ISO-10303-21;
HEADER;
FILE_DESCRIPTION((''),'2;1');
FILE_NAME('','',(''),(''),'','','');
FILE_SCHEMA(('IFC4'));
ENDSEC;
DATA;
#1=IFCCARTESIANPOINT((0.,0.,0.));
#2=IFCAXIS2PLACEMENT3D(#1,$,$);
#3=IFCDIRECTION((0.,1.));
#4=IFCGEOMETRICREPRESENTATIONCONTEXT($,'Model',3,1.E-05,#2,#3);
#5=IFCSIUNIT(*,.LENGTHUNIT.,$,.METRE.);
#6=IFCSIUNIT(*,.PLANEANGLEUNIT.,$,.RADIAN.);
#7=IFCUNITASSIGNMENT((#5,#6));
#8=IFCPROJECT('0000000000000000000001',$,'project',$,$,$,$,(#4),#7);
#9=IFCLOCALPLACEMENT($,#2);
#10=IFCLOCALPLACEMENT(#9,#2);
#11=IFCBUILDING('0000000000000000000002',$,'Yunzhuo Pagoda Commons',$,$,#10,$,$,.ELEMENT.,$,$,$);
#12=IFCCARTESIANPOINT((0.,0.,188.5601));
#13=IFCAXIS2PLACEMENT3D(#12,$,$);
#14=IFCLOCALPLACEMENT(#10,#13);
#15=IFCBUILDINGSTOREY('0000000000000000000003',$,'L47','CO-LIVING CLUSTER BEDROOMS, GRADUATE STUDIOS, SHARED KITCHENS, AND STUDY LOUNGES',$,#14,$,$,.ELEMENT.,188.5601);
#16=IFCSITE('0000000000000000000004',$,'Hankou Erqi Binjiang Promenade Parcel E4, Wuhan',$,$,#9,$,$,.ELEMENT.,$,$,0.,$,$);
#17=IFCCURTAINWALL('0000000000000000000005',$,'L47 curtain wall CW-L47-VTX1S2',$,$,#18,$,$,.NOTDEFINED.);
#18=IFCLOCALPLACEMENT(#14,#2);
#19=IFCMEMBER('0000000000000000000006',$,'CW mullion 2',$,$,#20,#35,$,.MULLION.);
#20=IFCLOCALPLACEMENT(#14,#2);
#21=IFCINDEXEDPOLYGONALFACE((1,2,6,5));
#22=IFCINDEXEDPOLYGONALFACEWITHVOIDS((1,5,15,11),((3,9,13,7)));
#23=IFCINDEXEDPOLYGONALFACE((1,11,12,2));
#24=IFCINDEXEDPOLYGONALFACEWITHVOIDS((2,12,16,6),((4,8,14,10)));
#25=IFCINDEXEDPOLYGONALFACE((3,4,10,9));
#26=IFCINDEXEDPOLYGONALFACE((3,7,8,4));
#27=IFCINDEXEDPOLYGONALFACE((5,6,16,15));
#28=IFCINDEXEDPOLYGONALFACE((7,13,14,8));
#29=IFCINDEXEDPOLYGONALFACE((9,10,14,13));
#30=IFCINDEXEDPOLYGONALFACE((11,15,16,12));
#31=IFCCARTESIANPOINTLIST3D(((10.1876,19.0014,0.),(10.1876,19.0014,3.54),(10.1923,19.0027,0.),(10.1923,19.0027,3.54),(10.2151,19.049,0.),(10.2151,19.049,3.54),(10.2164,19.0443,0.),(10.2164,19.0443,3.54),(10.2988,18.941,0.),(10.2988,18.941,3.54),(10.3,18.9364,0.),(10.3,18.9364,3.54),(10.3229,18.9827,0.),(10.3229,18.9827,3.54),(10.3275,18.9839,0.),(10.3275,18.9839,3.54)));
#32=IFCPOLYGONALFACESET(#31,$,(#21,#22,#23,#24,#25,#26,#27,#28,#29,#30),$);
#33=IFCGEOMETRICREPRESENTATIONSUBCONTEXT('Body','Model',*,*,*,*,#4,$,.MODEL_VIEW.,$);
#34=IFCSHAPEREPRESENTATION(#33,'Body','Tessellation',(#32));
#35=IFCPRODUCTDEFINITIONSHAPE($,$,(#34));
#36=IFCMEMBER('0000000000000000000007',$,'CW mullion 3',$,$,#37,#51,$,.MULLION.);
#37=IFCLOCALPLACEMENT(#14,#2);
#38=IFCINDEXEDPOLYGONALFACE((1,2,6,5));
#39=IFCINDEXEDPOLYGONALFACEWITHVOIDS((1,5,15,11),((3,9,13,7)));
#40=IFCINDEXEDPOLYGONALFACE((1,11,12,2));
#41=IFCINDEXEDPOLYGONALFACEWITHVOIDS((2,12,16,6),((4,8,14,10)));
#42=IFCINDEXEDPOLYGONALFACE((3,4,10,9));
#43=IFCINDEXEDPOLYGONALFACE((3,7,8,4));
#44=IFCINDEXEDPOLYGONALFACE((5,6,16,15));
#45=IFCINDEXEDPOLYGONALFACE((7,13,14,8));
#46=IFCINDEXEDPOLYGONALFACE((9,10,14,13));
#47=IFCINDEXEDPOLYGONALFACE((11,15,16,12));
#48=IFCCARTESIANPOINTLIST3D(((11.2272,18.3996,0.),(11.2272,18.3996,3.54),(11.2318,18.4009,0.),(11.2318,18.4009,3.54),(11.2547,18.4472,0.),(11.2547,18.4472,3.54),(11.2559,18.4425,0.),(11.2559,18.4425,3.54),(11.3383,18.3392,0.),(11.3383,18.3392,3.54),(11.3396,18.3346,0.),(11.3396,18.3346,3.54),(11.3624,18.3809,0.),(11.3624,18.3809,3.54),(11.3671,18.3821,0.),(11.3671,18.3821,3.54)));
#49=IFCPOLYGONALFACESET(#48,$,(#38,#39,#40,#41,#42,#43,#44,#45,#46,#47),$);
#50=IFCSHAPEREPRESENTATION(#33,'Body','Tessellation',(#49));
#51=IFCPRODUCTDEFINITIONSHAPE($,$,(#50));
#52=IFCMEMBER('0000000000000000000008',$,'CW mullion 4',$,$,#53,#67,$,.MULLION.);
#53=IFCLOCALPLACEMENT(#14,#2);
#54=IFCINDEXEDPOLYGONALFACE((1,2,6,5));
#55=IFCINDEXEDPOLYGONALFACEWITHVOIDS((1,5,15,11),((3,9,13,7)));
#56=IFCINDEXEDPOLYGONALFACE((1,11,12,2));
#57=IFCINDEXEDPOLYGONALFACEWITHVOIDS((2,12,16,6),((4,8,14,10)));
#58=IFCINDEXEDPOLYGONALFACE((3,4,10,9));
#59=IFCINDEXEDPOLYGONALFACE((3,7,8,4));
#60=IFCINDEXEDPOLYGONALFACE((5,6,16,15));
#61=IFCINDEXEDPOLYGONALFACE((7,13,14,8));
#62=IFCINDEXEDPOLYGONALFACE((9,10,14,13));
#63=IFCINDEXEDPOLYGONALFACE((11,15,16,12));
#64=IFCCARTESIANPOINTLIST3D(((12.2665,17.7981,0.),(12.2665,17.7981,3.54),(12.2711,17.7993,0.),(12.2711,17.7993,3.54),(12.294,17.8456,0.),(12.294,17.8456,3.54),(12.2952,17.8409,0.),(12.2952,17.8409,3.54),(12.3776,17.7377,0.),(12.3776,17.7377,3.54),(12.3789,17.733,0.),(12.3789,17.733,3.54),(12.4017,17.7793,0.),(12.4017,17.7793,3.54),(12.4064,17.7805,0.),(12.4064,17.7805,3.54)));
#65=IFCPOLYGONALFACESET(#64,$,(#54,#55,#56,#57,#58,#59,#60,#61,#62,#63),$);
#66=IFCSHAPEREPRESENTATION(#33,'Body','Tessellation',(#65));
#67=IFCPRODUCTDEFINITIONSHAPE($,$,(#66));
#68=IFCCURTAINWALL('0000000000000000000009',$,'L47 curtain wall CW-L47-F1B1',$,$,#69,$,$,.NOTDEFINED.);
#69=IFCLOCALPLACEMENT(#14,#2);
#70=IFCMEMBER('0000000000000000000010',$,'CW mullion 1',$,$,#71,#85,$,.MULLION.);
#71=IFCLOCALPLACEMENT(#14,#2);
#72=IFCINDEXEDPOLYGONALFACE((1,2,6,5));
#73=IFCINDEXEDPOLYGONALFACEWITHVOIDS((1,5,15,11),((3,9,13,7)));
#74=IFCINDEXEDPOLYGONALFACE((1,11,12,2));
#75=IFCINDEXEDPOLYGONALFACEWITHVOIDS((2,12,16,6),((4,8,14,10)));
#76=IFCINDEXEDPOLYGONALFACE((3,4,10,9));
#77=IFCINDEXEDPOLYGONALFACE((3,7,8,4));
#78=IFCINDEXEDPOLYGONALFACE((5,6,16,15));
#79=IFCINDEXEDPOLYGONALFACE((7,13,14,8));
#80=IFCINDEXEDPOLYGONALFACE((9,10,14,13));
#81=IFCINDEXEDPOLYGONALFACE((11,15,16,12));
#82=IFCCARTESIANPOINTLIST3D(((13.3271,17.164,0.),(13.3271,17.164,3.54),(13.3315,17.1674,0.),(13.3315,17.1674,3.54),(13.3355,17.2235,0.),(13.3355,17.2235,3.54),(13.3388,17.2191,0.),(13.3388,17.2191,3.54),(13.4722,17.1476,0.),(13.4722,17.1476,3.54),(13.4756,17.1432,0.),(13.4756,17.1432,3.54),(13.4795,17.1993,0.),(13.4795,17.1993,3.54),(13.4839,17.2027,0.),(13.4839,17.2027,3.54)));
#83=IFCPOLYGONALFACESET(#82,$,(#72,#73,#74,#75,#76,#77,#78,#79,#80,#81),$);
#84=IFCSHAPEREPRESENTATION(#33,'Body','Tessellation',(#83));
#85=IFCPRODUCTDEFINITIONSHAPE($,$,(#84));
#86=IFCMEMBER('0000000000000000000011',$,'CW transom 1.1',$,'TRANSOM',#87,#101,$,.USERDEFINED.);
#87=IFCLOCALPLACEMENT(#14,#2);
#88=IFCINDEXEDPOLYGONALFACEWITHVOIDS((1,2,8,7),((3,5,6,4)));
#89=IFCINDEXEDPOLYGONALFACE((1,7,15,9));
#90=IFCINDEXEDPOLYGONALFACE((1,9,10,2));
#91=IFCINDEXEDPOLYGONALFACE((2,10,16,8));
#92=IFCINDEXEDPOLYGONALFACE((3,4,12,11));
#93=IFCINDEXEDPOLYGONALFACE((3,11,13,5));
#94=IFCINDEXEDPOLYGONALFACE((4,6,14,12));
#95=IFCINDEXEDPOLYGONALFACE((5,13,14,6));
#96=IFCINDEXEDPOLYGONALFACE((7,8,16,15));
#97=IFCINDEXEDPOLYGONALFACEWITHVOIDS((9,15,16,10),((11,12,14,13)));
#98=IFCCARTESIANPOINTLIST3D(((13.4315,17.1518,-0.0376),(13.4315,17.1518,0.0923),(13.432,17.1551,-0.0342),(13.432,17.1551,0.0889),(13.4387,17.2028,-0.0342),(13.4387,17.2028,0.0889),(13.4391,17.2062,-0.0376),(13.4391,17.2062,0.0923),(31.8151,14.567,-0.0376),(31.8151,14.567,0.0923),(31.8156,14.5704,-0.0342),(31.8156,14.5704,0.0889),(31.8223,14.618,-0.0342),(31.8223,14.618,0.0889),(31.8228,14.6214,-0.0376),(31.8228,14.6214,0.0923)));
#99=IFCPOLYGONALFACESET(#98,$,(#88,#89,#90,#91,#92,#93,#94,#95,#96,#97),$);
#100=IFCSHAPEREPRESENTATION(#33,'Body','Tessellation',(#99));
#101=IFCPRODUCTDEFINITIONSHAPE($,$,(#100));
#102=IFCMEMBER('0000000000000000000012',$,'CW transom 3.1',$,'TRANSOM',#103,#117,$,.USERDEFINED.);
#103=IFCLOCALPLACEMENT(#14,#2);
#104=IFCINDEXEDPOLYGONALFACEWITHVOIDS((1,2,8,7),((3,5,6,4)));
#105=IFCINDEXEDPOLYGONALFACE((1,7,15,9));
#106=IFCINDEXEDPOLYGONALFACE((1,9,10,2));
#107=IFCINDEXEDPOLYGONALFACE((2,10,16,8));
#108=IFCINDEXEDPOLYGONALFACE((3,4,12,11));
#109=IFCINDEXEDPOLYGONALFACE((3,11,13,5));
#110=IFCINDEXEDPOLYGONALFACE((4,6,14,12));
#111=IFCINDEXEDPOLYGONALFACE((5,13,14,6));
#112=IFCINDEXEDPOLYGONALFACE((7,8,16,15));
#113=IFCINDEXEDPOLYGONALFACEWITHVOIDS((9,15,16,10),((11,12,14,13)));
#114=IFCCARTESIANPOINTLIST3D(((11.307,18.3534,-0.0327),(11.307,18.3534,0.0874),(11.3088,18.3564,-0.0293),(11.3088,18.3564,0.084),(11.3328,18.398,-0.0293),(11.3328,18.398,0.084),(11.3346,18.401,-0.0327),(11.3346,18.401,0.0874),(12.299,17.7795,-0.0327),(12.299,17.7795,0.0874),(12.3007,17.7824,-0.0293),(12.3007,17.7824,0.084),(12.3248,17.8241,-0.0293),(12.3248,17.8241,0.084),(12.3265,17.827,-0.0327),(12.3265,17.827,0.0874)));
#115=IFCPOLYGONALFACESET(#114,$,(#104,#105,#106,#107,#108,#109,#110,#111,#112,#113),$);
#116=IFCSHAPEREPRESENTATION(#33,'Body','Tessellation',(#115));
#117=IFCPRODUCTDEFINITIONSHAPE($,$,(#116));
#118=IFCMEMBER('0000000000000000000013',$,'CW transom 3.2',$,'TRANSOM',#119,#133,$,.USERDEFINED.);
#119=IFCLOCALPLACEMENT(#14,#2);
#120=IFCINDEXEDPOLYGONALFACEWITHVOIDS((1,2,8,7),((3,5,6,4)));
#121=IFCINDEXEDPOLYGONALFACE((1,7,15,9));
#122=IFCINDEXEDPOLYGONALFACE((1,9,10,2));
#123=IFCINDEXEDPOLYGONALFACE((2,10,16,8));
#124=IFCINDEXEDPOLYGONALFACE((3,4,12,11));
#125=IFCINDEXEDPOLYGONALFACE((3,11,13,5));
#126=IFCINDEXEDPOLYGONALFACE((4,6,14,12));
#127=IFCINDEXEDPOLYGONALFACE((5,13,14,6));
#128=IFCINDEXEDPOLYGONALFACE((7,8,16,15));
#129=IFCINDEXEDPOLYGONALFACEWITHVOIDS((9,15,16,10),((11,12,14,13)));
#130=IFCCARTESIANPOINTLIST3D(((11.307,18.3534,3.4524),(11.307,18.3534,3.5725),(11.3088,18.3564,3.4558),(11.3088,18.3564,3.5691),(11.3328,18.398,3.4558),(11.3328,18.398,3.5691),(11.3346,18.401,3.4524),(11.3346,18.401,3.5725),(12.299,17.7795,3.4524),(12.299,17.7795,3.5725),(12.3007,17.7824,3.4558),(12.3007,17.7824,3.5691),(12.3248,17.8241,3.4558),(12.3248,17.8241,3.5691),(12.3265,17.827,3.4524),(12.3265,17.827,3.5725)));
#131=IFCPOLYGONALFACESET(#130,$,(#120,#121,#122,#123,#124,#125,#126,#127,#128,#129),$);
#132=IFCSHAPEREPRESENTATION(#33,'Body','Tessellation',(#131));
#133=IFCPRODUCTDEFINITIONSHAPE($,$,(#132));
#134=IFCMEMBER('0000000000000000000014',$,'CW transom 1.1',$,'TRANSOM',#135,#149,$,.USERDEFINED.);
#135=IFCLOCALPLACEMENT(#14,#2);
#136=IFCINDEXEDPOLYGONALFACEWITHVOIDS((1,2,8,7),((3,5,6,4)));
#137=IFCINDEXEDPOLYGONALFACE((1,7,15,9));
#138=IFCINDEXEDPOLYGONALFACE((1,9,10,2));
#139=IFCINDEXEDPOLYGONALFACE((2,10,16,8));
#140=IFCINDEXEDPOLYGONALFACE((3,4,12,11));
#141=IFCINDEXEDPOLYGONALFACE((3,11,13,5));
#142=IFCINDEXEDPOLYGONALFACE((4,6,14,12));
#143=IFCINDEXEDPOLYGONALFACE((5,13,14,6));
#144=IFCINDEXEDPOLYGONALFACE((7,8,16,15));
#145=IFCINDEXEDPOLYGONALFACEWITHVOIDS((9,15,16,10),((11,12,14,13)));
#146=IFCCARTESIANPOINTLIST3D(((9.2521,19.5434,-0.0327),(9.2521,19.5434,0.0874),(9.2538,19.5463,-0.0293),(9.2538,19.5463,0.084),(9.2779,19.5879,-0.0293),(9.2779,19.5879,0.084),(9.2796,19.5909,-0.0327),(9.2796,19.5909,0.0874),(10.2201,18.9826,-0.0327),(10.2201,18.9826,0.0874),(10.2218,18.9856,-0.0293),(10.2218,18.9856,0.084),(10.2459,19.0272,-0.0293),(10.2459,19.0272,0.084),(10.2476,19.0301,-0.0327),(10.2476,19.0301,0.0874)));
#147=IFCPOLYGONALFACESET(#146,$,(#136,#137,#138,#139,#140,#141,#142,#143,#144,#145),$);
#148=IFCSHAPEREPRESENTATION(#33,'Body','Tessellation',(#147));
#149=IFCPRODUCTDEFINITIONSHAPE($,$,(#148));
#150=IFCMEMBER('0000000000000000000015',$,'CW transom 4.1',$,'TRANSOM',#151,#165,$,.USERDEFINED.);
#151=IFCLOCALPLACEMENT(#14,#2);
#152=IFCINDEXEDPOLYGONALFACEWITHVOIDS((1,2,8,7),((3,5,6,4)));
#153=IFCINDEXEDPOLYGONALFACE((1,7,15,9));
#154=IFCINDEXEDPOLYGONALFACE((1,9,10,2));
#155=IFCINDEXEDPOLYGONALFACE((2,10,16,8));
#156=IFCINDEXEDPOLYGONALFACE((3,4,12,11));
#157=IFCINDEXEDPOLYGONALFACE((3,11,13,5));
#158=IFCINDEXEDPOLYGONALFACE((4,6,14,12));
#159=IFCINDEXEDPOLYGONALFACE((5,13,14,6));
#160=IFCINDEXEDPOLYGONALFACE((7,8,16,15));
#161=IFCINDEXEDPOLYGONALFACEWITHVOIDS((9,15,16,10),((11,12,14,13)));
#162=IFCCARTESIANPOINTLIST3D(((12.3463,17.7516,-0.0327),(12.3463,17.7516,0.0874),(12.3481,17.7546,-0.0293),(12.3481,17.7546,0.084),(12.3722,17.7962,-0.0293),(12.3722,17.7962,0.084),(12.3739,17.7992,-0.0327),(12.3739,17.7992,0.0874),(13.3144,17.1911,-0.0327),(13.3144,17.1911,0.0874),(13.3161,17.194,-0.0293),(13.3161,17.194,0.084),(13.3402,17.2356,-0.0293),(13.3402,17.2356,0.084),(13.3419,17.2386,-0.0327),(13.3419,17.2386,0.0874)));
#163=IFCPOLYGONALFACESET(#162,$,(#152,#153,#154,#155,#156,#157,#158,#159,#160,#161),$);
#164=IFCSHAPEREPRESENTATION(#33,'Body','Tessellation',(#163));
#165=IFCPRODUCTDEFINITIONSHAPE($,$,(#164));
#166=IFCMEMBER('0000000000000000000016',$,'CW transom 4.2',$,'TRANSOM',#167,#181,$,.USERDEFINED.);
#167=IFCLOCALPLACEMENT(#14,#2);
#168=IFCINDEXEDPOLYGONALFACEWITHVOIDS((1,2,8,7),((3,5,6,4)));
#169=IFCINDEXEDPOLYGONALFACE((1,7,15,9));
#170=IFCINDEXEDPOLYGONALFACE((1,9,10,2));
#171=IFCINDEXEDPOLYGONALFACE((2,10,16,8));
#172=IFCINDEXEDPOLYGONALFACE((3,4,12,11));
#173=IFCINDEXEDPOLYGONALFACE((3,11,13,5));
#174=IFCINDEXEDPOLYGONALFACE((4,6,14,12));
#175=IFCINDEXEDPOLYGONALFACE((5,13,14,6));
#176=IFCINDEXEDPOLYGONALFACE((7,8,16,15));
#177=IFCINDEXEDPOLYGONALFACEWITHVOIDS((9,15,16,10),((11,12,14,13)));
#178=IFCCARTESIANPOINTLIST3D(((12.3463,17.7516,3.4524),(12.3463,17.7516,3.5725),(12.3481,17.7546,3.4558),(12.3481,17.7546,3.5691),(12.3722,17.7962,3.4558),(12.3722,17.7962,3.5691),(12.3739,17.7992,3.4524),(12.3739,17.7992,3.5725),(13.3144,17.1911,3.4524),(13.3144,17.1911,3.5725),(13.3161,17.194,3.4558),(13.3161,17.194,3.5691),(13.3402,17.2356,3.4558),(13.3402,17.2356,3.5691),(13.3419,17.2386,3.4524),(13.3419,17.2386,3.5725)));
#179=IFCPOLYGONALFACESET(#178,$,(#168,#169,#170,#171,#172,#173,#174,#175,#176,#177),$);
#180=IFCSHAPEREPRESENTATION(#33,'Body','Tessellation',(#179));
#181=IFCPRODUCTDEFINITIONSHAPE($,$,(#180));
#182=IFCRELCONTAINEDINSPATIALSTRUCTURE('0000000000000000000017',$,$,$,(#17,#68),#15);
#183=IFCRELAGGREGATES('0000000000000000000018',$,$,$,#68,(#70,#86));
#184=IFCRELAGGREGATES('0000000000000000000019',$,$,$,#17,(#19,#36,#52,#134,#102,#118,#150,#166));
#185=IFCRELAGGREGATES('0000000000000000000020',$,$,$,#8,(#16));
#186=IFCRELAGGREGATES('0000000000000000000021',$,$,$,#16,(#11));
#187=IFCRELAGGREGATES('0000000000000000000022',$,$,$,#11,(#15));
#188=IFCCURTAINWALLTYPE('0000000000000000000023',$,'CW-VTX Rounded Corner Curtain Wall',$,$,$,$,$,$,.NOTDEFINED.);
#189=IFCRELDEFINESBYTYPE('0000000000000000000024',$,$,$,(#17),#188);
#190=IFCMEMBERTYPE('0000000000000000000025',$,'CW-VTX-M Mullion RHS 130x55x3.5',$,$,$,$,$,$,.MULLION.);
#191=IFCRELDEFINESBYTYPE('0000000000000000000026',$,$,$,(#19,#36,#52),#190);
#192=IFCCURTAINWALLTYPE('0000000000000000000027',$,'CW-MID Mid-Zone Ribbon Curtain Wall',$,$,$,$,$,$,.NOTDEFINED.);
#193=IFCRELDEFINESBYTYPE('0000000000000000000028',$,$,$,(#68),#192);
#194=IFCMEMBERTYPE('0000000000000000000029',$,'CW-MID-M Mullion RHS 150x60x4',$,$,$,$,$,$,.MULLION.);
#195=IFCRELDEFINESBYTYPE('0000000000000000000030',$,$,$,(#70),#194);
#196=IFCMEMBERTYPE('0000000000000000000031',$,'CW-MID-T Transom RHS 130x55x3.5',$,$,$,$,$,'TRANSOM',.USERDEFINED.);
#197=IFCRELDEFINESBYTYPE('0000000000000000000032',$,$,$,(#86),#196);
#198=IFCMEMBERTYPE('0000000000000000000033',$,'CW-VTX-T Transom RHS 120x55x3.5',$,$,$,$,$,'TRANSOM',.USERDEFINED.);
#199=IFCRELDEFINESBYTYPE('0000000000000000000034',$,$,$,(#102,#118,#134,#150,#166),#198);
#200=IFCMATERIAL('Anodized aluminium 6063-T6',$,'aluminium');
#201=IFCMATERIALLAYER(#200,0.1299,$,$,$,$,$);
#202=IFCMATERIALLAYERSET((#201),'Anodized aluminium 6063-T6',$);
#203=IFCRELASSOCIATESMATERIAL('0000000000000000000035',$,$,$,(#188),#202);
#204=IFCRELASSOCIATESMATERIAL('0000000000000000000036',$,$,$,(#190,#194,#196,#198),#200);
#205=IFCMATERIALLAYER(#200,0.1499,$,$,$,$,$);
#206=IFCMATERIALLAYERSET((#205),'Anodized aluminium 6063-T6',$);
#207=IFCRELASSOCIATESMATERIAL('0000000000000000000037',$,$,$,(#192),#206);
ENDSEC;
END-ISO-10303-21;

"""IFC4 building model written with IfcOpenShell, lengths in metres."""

from ifc_helpers import new_model, si_unit, direction, frame, origin, origin_2d, place, context, subcontext, project, spatial, hollow_rectangle, extrude, source, transform, mapped, material, layer, layer_set, material_profile, profile_set, type_object, element, aggregate, save


model = new_model("IFC4")

# Units and contexts
model_context = context("Model", 3, precision=1e-05, world=origin(), true_north=direction((0.0, 1.0)))
body_context = subcontext(model_context, "Body", "Model", "MODEL_VIEW")
ifc_project = project(units=[si_unit("LENGTHUNIT", "METRE"), si_unit("PLANEANGLEUNIT", "RADIAN")], contexts=[model_context])

# Site, building, storey
site_placement = place(None, origin())
site = spatial("IfcSite", under=ifc_project, at=site_placement, Name="Hankou Erqi Binjiang Promenade Parcel E4, Wuhan", CompositionType="ELEMENT", RefElevation=0.0)
building_placement = place(site_placement, origin())
building = spatial("IfcBuilding", under=site, at=building_placement, Name="Yunzhuo Pagoda Commons", CompositionType="ELEMENT")
storey_placement = place(building_placement, frame((0.0, 0.0, 188.5601)))
storey = spatial("IfcBuildingStorey", under=building, at=storey_placement, Name="L47", Description="CO-LIVING CLUSTER BEDROOMS, GRADUATE STUDIOS, SHARED KITCHENS, AND STUDY LOUNGES", CompositionType="ELEMENT", Elevation=188.5601)

# Curtain walls, members
ifc_material_1 = material(Name="Anodized aluminium 6063-T6", Category="aluminium")
ifc_layer_1 = layer(ifc_material_1, 0.1299)
ifc_layer_set_1 = layer_set([ifc_layer_1], Name="Anodized aluminium 6063-T6")
curtain_wall_type_1 = type_object("IfcCurtainWallType", Name="CW-VTX Rounded Corner Curtain Wall", PredefinedType="NOTDEFINED", material=ifc_layer_set_1)
curtain_wall_1_placement = place(storey_placement, origin())
curtain_wall_1 = element("IfcCurtainWall", 1, at=curtain_wall_1_placement, inside=storey, type_object=curtain_wall_type_1, Name="L47 curtain wall CW-L47-VTX1S2", PredefinedType="NOTDEFINED")
ifc_material_profile_1 = material_profile(ifc_material_1, hollow_rectangle(XDim=0.0549, YDim=0.1299, WallThickness=0.0034, at=origin_2d()), Name="Anodized aluminium 6063-T6")
ifc_profile_set_1 = profile_set([ifc_material_profile_1], Name="Anodized aluminium 6063-T6")
member_type_1 = type_object("IfcMemberType", Name="CW-VTX-M Mullion RHS 130x55x3.5", PredefinedType="MULLION", material=ifc_profile_set_1)
shared_shape_1 = source(origin(), body_context, "Body", "SweptSolid", [
    extrude(hollow_rectangle(XDim=0.0549, YDim=0.1299, WallThickness=0.0034, at=origin_2d()), origin(), (0.0, 0.0, 1.0), 3.54),
])
member_1_placement = place(storey_placement, frame((10.2576, 18.9927, 0.0), z_axis=(0.0, 0.0, 1.0), x_axis=(0.50104, 0.865424, 0.0)))
member_1 = element("IfcMember", 2, at=member_1_placement, type_object=member_type_1, Name="CW mullion 2", PredefinedType="MULLION", context=body_context, shape_type="MappedRepresentation", body=[
    mapped(shared_shape_1, transform((0.0, 0.0, 0.0), scale=1.0)),
])
member_2_placement = place(storey_placement, frame((11.2971, 18.3909, 0.0), z_axis=(0.0, 0.0, 1.0), x_axis=(0.50104, 0.865424, 0.0)))
member_2 = element("IfcMember", 3, at=member_2_placement, type_object=member_type_1, Name="CW mullion 3", PredefinedType="MULLION", context=body_context, shape_type="MappedRepresentation", body=[
    mapped(shared_shape_1, transform((0.0, 0.0, 0.0), scale=1.0)),
])
member_3_placement = place(storey_placement, frame((12.3364, 17.7893, 0.0), z_axis=(0.0, 0.0, 1.0), x_axis=(0.50104, 0.865424, 0.0)))
member_3 = element("IfcMember", 4, at=member_3_placement, type_object=member_type_1, Name="CW mullion 4", PredefinedType="MULLION", context=body_context, shape_type="MappedRepresentation", body=[
    mapped(shared_shape_1, transform((0.0, 0.0, 0.0), scale=1.0)),
])
ifc_layer_2 = layer(ifc_material_1, 0.1499)
ifc_layer_set_2 = layer_set([ifc_layer_2], Name="Anodized aluminium 6063-T6")
curtain_wall_type_2 = type_object("IfcCurtainWallType", Name="CW-MID Mid-Zone Ribbon Curtain Wall", PredefinedType="NOTDEFINED", material=ifc_layer_set_2)
curtain_wall_2_placement = place(storey_placement, origin())
curtain_wall_2 = element("IfcCurtainWall", 5, at=curtain_wall_2_placement, inside=storey, type_object=curtain_wall_type_2, Name="L47 curtain wall CW-L47-F1B1", PredefinedType="NOTDEFINED")
ifc_material_profile_2 = material_profile(ifc_material_1, hollow_rectangle(XDim=0.0601, YDim=0.1499, WallThickness=0.0039, at=origin_2d()), Name="Anodized aluminium 6063-T6")
ifc_profile_set_2 = profile_set([ifc_material_profile_2], Name="Anodized aluminium 6063-T6")
member_type_2 = type_object("IfcMemberType", Name="CW-MID-M Mullion RHS 150x60x4", PredefinedType="MULLION", material=ifc_profile_set_2)
shared_shape_2 = source(origin(), body_context, "Body", "SweptSolid", [
    extrude(hollow_rectangle(XDim=0.0601, YDim=0.1499, WallThickness=0.0039, at=origin_2d()), origin(), (0.0, 0.0, 1.0), 3.54),
])
member_4_placement = place(storey_placement, frame((13.4055, 17.1833, 0.0), z_axis=(0.0, 0.0, 1.0), x_axis=(0.139233, 0.99026, 0.0)))
member_4 = element("IfcMember", 6, at=member_4_placement, type_object=member_type_2, Name="CW mullion 1", PredefinedType="MULLION", context=body_context, shape_type="MappedRepresentation", body=[
    mapped(shared_shape_2, transform((0.0, 0.0, 0.0), scale=1.0)),
])
ifc_material_profile_3 = material_profile(ifc_material_1, hollow_rectangle(XDim=0.0549, YDim=0.1299, WallThickness=0.0034, at=origin_2d()), Name="Anodized aluminium 6063-T6")
ifc_profile_set_3 = profile_set([ifc_material_profile_3], Name="Anodized aluminium 6063-T6")
member_type_3 = type_object("IfcMemberType", Name="CW-MID-T Transom RHS 130x55x3.5", ElementType="TRANSOM", PredefinedType="USERDEFINED", material=ifc_profile_set_3)
shared_shape_3 = source(origin(), body_context, "Body", "SweptSolid", [
    extrude(hollow_rectangle(XDim=0.0549, YDim=0.1299, WallThickness=0.0034, at=origin_2d()), origin(), (0.0, 0.0, 1.0), 18.5645),
])
member_5_placement = place(storey_placement, frame((13.4353, 17.179, 0.0273), z_axis=(0.99026, -0.13923, 0.0), x_axis=(0.13923, 0.99026, 0.0)))
member_5 = element("IfcMember", 7, at=member_5_placement, type_object=member_type_3, Name="CW transom 1.1", ObjectType="TRANSOM", PredefinedType="USERDEFINED", context=body_context, shape_type="MappedRepresentation", body=[
    mapped(shared_shape_3, transform((0.0, 0.0, 0.0), scale=1.0)),
])
aggregate(curtain_wall_2, [member_4, member_5])

# Members
ifc_material_profile_4 = material_profile(ifc_material_1, hollow_rectangle(XDim=0.0549, YDim=0.1201, WallThickness=0.0034, at=origin_2d()), Name="Anodized aluminium 6063-T6")
ifc_profile_set_4 = profile_set([ifc_material_profile_4], Name="Anodized aluminium 6063-T6")
member_type_4 = type_object("IfcMemberType", Name="CW-VTX-T Transom RHS 120x55x3.5", ElementType="TRANSOM", PredefinedType="USERDEFINED", material=ifc_profile_set_4)
shared_shape_4 = source(origin(), body_context, "Body", "SweptSolid", [
    extrude(hollow_rectangle(XDim=0.0549, YDim=0.1201, WallThickness=0.0034, at=origin_2d()), origin(), (0.0, 0.0, 1.0), 1.146),
])
member_6_placement = place(storey_placement, frame((11.3208, 18.3772, 0.0273), z_axis=(0.865543, -0.500835, 0.0), x_axis=(0.500835, 0.865543, 0.0)))
member_6 = element("IfcMember", 8, at=member_6_placement, type_object=member_type_4, Name="CW transom 3.1", ObjectType="TRANSOM", PredefinedType="USERDEFINED", context=body_context, shape_type="MappedRepresentation", body=[
    mapped(shared_shape_4, transform((0.0, 0.0, 0.0), scale=1.0)),
])
member_7_placement = place(storey_placement, frame((11.3208, 18.3772, 3.5125), z_axis=(0.865543, -0.500835, 0.0), x_axis=(0.500835, 0.865543, 0.0)))
member_7 = element("IfcMember", 9, at=member_7_placement, type_object=member_type_4, Name="CW transom 3.2", ObjectType="TRANSOM", PredefinedType="USERDEFINED", context=body_context, shape_type="MappedRepresentation", body=[
    mapped(shared_shape_4, transform((0.0, 0.0, 0.0), scale=1.0)),
])
shared_shape_5 = source(origin(), body_context, "Body", "SweptSolid", [
    extrude(hollow_rectangle(XDim=0.0549, YDim=0.1201, WallThickness=0.0034, at=origin_2d()), origin(), (0.0, 0.0, 1.0), 1.1187),
])
member_8_placement = place(storey_placement, frame((9.2659, 19.5671, 0.0273), z_axis=(0.865287, -0.501277, 0.0), x_axis=(0.501277, 0.865287, 0.0)))
member_8 = element("IfcMember", 10, at=member_8_placement, type_object=member_type_4, Name="CW transom 1.1", ObjectType="TRANSOM", PredefinedType="USERDEFINED", context=body_context, shape_type="MappedRepresentation", body=[
    mapped(shared_shape_5, transform((0.0, 0.0, 0.0), scale=1.0)),
])
member_9_placement = place(storey_placement, frame((12.3601, 17.7754, 0.0273), z_axis=(0.865381, -0.501114, 0.0), x_axis=(0.501114, 0.865381, 0.0)))
member_9 = element("IfcMember", 11, at=member_9_placement, type_object=member_type_4, Name="CW transom 4.1", ObjectType="TRANSOM", PredefinedType="USERDEFINED", context=body_context, shape_type="MappedRepresentation", body=[
    mapped(shared_shape_5, transform((0.0, 0.0, 0.0), scale=1.0)),
])
member_10_placement = place(storey_placement, frame((12.3601, 17.7754, 3.5125), z_axis=(0.865381, -0.501114, 0.0), x_axis=(0.501114, 0.865381, 0.0)))
member_10 = element("IfcMember", 12, at=member_10_placement, type_object=member_type_4, Name="CW transom 4.2", ObjectType="TRANSOM", PredefinedType="USERDEFINED", context=body_context, shape_type="MappedRepresentation", body=[
    mapped(shared_shape_5, transform((0.0, 0.0, 0.0), scale=1.0)),
])

aggregate(curtain_wall_1, [member_1, member_2, member_3, member_8, member_6, member_7, member_9, member_10])

save(model, "model.ifc")
